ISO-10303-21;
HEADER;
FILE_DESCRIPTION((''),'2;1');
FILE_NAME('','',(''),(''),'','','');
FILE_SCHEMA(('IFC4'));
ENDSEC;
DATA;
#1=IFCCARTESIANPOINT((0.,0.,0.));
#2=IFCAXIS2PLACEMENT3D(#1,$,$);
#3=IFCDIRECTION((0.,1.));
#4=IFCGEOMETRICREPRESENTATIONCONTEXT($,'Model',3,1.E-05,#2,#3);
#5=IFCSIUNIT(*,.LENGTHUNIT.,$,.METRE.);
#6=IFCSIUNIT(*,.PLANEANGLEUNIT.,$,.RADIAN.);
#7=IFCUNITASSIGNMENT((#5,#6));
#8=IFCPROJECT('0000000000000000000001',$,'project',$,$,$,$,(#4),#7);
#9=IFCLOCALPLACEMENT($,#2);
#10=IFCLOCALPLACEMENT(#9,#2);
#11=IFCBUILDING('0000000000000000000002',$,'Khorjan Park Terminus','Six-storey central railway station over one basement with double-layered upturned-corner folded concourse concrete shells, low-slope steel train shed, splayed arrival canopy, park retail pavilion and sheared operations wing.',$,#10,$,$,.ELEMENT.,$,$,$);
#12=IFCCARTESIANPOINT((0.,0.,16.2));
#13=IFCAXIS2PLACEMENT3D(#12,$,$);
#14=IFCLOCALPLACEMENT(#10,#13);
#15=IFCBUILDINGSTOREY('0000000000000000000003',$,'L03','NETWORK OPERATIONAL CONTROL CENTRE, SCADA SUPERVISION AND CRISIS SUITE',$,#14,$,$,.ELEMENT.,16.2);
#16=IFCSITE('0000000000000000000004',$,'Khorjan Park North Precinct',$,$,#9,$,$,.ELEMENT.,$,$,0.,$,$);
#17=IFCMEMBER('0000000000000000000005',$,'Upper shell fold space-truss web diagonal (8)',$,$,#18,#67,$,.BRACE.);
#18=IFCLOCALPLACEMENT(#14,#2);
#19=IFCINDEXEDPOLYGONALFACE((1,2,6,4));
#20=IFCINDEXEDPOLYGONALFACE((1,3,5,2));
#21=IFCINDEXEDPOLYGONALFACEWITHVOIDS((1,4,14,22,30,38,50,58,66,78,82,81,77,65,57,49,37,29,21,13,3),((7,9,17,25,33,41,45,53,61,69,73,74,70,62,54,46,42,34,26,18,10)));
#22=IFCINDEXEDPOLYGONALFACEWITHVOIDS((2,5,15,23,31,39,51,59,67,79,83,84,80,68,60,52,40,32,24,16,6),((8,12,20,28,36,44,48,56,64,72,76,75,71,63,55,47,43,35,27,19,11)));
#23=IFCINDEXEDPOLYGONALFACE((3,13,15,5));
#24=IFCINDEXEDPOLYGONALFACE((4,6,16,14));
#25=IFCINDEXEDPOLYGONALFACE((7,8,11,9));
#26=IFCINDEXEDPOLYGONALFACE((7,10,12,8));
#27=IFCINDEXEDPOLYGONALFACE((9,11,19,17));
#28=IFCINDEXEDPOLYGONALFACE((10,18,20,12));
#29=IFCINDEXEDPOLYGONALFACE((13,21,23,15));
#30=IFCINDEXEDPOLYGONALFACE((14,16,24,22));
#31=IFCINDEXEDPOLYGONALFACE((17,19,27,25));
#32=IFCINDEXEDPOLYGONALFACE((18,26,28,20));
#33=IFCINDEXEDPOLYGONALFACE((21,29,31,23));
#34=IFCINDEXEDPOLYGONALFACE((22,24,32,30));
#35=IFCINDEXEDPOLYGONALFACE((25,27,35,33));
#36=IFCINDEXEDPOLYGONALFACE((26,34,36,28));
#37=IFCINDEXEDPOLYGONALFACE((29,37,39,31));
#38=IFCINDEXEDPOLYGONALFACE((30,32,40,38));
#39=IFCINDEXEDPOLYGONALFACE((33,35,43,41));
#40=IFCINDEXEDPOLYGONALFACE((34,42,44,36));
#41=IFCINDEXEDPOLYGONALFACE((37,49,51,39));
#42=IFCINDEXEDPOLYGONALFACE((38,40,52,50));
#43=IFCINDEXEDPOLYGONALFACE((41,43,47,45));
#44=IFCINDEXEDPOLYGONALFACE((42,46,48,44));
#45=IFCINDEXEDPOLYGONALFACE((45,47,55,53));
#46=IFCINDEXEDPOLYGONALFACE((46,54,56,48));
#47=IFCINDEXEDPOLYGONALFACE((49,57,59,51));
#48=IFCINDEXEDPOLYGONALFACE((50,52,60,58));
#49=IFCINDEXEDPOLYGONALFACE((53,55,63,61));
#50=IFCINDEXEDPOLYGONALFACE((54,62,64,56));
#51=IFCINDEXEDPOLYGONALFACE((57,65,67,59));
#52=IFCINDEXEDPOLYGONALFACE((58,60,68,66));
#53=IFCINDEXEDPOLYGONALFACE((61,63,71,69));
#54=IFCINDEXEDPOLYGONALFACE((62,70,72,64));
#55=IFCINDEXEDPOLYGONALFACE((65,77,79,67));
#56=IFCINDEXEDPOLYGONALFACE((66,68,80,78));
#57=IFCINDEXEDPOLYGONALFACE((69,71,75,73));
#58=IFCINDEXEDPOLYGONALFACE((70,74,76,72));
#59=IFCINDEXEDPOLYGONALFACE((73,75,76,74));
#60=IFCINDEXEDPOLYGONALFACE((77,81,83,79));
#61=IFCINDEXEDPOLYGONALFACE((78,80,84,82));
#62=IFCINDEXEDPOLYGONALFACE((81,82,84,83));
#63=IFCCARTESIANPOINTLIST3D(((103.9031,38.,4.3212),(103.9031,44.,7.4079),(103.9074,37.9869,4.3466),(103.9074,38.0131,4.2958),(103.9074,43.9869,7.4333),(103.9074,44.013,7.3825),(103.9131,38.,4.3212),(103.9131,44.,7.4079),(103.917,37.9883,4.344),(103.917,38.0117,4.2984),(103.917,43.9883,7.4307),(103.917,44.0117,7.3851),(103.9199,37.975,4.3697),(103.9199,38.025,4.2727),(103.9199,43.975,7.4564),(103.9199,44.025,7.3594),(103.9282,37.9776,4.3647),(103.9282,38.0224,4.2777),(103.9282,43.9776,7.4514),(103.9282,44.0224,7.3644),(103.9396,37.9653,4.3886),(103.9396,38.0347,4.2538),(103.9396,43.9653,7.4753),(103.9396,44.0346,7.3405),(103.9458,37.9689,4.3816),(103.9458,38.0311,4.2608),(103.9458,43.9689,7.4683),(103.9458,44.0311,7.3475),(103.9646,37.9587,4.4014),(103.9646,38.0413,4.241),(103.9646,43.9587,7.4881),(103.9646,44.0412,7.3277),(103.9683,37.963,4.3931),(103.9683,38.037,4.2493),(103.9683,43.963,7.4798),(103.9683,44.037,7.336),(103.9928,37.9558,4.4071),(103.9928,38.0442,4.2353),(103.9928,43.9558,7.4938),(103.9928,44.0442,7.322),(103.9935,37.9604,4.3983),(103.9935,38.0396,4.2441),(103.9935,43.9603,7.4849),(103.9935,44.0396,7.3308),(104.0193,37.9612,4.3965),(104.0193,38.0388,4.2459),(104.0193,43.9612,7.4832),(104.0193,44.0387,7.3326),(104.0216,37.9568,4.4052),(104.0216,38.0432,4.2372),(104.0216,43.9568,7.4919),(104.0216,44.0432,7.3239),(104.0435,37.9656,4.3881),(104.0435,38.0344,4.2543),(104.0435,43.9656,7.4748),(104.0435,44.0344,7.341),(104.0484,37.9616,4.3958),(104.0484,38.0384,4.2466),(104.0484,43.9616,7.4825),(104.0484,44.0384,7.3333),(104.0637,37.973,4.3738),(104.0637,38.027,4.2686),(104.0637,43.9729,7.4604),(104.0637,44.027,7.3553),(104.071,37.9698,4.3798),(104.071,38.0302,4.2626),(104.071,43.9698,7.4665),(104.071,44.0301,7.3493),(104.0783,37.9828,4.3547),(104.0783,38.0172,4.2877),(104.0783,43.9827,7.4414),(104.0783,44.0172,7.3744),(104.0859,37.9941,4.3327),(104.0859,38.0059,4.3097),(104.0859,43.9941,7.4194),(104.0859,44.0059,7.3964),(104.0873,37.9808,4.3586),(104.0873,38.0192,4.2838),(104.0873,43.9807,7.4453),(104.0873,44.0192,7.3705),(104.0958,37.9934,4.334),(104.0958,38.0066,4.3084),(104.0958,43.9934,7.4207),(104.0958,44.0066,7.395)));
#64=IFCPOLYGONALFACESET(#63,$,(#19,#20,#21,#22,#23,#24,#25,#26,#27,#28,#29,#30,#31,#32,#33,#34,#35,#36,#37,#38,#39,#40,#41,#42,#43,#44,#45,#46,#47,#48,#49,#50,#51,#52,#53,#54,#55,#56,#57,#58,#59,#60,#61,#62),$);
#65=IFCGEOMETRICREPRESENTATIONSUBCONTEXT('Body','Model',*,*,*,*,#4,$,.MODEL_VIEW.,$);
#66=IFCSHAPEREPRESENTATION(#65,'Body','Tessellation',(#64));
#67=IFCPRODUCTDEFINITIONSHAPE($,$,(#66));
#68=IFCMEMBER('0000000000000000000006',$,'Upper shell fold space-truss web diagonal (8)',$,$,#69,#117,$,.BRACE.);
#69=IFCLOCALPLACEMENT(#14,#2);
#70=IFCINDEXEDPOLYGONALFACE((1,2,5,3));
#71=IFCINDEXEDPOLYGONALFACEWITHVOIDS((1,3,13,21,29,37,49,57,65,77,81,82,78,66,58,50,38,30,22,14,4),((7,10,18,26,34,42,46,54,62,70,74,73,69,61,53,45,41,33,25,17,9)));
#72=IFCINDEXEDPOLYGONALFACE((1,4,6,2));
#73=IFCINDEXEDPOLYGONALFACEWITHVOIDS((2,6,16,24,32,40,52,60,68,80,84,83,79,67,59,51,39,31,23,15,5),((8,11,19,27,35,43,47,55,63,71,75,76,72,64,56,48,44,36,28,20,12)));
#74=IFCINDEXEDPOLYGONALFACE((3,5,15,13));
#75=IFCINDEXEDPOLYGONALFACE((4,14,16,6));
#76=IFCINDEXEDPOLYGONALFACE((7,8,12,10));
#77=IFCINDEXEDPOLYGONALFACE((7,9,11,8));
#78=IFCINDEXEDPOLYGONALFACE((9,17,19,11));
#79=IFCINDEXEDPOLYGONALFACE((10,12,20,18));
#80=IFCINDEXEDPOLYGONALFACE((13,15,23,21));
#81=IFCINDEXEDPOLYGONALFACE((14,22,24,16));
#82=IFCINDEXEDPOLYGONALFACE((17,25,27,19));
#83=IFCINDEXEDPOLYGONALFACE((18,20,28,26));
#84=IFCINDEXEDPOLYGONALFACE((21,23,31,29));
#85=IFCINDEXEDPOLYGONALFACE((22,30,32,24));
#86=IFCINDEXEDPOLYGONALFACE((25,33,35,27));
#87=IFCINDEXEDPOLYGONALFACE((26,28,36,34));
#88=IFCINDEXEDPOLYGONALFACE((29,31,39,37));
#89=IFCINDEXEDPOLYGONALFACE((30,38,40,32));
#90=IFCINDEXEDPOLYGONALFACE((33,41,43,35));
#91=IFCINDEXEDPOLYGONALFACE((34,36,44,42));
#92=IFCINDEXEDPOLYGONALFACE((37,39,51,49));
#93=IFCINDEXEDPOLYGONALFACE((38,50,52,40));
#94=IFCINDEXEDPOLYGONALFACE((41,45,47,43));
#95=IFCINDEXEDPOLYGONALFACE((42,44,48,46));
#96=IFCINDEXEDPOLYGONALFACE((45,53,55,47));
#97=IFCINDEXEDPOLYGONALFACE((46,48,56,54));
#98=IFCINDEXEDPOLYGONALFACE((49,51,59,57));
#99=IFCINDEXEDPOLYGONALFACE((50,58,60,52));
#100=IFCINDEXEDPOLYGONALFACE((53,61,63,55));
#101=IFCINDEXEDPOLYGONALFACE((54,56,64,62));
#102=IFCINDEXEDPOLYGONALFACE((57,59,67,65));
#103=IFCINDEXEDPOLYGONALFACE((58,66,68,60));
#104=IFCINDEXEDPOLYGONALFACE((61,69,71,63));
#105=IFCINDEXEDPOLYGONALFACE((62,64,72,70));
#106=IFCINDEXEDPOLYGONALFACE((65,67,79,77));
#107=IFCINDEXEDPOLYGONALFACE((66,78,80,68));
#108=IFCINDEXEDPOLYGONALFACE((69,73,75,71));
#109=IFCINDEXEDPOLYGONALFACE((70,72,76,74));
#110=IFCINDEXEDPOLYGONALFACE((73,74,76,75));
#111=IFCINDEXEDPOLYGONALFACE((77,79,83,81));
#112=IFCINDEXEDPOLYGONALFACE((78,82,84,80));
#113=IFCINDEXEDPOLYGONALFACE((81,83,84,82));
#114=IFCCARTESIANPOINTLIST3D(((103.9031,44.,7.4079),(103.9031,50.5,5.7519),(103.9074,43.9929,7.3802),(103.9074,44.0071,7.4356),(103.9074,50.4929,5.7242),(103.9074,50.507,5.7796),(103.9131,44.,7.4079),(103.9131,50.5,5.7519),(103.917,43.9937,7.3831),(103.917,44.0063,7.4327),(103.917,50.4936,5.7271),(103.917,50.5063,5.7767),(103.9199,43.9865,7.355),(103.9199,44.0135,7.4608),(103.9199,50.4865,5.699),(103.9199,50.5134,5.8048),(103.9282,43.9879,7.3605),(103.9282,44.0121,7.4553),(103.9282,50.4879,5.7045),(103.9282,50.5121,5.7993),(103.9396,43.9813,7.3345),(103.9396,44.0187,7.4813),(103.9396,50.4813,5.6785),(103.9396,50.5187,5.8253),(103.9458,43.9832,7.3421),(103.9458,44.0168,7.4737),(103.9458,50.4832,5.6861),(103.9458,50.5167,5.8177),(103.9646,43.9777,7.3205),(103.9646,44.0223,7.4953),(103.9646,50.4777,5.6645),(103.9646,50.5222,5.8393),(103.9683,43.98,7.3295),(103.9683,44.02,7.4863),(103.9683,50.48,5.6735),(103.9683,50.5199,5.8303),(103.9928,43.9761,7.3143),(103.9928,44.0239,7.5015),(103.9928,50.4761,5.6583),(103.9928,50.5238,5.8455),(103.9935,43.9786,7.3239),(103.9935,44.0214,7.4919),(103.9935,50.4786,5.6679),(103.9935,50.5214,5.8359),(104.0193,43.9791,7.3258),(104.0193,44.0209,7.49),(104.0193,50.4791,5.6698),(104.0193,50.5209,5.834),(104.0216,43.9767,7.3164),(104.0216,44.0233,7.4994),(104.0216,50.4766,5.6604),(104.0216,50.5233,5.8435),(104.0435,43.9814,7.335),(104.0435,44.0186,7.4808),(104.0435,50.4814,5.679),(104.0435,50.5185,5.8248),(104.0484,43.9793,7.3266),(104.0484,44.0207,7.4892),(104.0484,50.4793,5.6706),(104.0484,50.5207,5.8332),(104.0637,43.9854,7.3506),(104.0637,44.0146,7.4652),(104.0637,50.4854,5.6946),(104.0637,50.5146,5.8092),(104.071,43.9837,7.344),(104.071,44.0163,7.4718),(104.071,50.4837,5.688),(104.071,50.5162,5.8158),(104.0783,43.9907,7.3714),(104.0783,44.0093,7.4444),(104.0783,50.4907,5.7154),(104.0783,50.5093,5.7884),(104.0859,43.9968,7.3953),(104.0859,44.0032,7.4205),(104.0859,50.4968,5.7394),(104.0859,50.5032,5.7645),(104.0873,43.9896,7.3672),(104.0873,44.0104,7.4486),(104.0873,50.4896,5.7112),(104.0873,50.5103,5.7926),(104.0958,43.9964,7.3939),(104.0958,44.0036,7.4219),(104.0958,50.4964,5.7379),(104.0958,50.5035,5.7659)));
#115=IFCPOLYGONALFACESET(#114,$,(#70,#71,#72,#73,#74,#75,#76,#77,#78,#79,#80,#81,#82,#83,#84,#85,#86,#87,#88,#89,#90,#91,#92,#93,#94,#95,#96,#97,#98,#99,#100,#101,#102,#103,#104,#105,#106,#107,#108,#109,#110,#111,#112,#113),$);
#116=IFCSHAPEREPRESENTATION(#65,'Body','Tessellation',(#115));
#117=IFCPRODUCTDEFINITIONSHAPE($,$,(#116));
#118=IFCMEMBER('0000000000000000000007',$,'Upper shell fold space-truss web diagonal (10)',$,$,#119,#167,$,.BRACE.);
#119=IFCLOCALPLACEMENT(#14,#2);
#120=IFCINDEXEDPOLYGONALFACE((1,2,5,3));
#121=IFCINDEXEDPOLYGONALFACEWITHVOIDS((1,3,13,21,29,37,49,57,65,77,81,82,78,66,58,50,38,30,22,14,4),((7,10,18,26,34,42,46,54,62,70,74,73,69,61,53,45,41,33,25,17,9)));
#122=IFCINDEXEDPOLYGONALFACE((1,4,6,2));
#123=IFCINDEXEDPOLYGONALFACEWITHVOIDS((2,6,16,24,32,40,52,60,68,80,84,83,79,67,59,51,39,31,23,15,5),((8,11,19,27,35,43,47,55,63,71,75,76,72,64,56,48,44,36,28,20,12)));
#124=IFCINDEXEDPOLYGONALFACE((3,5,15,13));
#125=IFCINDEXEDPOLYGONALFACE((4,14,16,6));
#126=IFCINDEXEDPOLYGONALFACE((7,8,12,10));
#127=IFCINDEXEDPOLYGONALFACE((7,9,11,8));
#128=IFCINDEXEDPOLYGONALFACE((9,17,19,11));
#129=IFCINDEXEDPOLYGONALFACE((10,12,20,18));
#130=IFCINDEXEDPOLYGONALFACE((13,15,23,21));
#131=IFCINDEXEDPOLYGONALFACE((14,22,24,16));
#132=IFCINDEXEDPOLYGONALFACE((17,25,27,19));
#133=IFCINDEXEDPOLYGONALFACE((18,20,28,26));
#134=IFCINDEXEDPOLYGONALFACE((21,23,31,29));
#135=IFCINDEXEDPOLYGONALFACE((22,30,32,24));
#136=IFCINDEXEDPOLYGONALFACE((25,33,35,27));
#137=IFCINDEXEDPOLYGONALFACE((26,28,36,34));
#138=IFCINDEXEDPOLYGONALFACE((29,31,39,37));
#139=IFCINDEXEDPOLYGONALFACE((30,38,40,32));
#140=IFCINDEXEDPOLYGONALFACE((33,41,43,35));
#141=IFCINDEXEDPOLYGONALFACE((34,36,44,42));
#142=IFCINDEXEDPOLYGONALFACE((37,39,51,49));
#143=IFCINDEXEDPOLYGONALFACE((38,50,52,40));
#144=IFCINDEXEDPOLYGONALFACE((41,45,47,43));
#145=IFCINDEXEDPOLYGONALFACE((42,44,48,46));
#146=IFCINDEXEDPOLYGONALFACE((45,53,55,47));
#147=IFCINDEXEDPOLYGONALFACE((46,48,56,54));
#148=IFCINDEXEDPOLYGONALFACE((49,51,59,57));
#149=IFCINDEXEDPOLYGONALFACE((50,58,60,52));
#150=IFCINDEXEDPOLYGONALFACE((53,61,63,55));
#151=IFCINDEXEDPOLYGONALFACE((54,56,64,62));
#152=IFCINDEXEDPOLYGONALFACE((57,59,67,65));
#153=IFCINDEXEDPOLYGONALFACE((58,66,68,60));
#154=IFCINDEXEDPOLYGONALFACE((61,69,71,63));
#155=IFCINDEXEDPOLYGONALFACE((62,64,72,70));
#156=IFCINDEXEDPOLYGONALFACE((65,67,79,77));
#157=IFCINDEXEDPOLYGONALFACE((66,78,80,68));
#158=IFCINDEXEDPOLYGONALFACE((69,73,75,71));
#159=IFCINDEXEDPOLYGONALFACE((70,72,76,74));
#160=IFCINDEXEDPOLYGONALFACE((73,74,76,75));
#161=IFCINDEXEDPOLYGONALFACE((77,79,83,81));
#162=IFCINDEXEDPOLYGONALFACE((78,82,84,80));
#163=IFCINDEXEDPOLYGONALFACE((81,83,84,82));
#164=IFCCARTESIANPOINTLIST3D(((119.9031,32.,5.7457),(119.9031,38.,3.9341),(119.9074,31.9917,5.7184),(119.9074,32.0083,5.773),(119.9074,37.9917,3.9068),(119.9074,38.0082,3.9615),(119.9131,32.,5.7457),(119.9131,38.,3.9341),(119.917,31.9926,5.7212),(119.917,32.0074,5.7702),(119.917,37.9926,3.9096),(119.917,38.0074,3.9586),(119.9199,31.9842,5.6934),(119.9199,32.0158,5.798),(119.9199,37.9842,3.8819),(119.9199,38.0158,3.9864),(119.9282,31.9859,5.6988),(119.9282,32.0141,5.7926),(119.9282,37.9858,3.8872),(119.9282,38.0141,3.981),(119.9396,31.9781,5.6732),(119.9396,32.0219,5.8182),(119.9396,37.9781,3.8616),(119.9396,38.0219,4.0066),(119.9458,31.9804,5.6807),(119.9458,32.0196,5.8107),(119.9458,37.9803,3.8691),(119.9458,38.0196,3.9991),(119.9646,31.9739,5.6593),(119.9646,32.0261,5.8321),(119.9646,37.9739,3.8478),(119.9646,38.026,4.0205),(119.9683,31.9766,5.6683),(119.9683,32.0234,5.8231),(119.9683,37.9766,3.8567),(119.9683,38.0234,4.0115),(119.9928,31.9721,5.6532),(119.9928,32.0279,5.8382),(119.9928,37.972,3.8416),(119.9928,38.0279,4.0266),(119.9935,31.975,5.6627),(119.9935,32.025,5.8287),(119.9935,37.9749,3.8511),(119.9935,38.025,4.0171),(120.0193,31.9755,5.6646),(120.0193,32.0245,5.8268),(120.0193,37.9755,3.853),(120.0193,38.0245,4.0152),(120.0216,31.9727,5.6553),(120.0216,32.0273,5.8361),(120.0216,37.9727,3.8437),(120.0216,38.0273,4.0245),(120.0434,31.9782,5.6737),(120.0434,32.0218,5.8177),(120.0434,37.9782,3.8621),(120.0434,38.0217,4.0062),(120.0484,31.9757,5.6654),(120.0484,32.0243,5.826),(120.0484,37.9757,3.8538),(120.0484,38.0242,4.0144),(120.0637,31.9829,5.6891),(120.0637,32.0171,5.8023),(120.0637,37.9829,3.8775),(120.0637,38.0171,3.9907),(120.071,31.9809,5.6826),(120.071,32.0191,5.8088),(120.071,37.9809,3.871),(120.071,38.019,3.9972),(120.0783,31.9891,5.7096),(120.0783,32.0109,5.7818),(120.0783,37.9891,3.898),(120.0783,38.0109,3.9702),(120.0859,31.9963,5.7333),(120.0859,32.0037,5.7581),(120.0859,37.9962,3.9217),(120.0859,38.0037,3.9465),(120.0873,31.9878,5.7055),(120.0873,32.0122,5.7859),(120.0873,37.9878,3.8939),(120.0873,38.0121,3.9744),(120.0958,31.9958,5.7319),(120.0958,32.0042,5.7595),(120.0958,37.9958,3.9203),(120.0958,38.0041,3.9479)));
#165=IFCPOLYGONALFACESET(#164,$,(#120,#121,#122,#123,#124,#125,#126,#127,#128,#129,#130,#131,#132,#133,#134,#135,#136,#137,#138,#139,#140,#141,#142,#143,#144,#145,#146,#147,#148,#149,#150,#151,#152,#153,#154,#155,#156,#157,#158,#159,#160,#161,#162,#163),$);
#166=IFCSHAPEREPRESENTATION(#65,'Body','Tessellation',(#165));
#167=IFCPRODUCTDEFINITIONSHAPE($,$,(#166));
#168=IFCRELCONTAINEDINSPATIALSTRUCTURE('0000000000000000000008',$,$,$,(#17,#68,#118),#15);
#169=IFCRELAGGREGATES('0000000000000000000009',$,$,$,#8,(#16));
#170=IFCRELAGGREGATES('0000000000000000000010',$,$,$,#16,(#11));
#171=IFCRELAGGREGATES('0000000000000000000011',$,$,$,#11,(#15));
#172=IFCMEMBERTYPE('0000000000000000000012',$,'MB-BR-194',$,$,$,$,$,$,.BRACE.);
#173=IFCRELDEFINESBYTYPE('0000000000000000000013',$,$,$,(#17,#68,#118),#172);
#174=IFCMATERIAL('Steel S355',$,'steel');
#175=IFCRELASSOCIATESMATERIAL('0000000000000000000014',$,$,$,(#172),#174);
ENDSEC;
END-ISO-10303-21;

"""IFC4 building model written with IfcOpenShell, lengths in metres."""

from ifc_helpers import new_model, si_unit, direction, frame, origin, origin_2d, place, context, subcontext, project, spatial, hollow_circle, extrude, material, material_profile, profile_set, type_object, element, save


model = new_model("IFC4")

# Units and contexts
model_context = context("Model", 3, precision=1e-05, world=origin(), true_north=direction((0.0, 1.0)))
body_context = subcontext(model_context, "Body", "Model", "MODEL_VIEW")
ifc_project = project(units=[si_unit("LENGTHUNIT", "METRE"), si_unit("PLANEANGLEUNIT", "RADIAN")], contexts=[model_context])

# Site, building, storey
site_placement = place(None, origin())
site = spatial("IfcSite", under=ifc_project, at=site_placement, Name="Khorjan Park North Precinct", CompositionType="ELEMENT", RefElevation=0.0)
building_placement = place(site_placement, origin())
building = spatial("IfcBuilding", under=site, at=building_placement, Name="Khorjan Park Terminus", Description="Six-storey central railway station over one basement with double-layered upturned-corner folded concourse concrete shells, low-slope steel train shed, splayed arrival canopy, park retail pavilion and sheared operations wing.", CompositionType="ELEMENT")
storey_placement = place(building_placement, frame((0.0, 0.0, 16.2)))
storey = spatial("IfcBuildingStorey", under=building, at=storey_placement, Name="L03", Description="NETWORK OPERATIONAL CONTROL CENTRE, SCADA SUPERVISION AND CRISIS SUITE", CompositionType="ELEMENT", Elevation=16.2)

# Members
ifc_material = material(Name="Steel S355", Category="steel")
ifc_material_profile_1 = material_profile(ifc_material, hollow_circle(Radius=0.0969, WallThickness=0.01, at=origin_2d()), Name="CHS 193.7x10")
ifc_profile_set_1 = profile_set([ifc_material_profile_1], Name="Steel S355")
member_type_1 = type_object("IfcMemberType", Name="MB-BR-194", PredefinedType="BRACE", material=ifc_profile_set_1)
member_1_placement = place(storey_placement, frame((104.0, 38.0, 4.3212), z_axis=(0.0, 0.889228, 0.457464), x_axis=(-1.0, 0.0, 0.0)))
element("IfcMember", 1, at=member_1_placement, inside=storey, type_object=member_type_1, Name="Upper shell fold space-truss web diagonal (8)", PredefinedType="BRACE", context=body_context, shape_type="SweptSolid", body=[
    extrude(hollow_circle(Radius=0.0969, WallThickness=0.01, at=origin_2d()), origin(), (0.0, 0.0, 1.0), 6.7474),
])
member_2_placement = place(storey_placement, frame((104.0, 44.0, 7.4079), z_axis=(0.0, 0.969045, -0.246883), x_axis=(-1.0, 0.0, 0.0)))
element("IfcMember", 2, at=member_2_placement, inside=storey, type_object=member_type_1, Name="Upper shell fold space-truss web diagonal (8)", PredefinedType="BRACE", context=body_context, shape_type="SweptSolid", body=[
    extrude(hollow_circle(Radius=0.0969, WallThickness=0.01, at=origin_2d()), origin(), (0.0, 0.0, 1.0), 6.7076),
])
member_3_placement = place(storey_placement, frame((120.0, 32.0, 5.7457), z_axis=(0.0, 0.957315, -0.289045), x_axis=(-1.0, 0.0, 0.0)))
element("IfcMember", 3, at=member_3_placement, inside=storey, type_object=member_type_1, Name="Upper shell fold space-truss web diagonal (10)", PredefinedType="BRACE", context=body_context, shape_type="SweptSolid", body=[
    extrude(hollow_circle(Radius=0.0969, WallThickness=0.01, at=origin_2d()), origin(), (0.0, 0.0, 1.0), 6.2675),
])

save(model, "model.ifc")
